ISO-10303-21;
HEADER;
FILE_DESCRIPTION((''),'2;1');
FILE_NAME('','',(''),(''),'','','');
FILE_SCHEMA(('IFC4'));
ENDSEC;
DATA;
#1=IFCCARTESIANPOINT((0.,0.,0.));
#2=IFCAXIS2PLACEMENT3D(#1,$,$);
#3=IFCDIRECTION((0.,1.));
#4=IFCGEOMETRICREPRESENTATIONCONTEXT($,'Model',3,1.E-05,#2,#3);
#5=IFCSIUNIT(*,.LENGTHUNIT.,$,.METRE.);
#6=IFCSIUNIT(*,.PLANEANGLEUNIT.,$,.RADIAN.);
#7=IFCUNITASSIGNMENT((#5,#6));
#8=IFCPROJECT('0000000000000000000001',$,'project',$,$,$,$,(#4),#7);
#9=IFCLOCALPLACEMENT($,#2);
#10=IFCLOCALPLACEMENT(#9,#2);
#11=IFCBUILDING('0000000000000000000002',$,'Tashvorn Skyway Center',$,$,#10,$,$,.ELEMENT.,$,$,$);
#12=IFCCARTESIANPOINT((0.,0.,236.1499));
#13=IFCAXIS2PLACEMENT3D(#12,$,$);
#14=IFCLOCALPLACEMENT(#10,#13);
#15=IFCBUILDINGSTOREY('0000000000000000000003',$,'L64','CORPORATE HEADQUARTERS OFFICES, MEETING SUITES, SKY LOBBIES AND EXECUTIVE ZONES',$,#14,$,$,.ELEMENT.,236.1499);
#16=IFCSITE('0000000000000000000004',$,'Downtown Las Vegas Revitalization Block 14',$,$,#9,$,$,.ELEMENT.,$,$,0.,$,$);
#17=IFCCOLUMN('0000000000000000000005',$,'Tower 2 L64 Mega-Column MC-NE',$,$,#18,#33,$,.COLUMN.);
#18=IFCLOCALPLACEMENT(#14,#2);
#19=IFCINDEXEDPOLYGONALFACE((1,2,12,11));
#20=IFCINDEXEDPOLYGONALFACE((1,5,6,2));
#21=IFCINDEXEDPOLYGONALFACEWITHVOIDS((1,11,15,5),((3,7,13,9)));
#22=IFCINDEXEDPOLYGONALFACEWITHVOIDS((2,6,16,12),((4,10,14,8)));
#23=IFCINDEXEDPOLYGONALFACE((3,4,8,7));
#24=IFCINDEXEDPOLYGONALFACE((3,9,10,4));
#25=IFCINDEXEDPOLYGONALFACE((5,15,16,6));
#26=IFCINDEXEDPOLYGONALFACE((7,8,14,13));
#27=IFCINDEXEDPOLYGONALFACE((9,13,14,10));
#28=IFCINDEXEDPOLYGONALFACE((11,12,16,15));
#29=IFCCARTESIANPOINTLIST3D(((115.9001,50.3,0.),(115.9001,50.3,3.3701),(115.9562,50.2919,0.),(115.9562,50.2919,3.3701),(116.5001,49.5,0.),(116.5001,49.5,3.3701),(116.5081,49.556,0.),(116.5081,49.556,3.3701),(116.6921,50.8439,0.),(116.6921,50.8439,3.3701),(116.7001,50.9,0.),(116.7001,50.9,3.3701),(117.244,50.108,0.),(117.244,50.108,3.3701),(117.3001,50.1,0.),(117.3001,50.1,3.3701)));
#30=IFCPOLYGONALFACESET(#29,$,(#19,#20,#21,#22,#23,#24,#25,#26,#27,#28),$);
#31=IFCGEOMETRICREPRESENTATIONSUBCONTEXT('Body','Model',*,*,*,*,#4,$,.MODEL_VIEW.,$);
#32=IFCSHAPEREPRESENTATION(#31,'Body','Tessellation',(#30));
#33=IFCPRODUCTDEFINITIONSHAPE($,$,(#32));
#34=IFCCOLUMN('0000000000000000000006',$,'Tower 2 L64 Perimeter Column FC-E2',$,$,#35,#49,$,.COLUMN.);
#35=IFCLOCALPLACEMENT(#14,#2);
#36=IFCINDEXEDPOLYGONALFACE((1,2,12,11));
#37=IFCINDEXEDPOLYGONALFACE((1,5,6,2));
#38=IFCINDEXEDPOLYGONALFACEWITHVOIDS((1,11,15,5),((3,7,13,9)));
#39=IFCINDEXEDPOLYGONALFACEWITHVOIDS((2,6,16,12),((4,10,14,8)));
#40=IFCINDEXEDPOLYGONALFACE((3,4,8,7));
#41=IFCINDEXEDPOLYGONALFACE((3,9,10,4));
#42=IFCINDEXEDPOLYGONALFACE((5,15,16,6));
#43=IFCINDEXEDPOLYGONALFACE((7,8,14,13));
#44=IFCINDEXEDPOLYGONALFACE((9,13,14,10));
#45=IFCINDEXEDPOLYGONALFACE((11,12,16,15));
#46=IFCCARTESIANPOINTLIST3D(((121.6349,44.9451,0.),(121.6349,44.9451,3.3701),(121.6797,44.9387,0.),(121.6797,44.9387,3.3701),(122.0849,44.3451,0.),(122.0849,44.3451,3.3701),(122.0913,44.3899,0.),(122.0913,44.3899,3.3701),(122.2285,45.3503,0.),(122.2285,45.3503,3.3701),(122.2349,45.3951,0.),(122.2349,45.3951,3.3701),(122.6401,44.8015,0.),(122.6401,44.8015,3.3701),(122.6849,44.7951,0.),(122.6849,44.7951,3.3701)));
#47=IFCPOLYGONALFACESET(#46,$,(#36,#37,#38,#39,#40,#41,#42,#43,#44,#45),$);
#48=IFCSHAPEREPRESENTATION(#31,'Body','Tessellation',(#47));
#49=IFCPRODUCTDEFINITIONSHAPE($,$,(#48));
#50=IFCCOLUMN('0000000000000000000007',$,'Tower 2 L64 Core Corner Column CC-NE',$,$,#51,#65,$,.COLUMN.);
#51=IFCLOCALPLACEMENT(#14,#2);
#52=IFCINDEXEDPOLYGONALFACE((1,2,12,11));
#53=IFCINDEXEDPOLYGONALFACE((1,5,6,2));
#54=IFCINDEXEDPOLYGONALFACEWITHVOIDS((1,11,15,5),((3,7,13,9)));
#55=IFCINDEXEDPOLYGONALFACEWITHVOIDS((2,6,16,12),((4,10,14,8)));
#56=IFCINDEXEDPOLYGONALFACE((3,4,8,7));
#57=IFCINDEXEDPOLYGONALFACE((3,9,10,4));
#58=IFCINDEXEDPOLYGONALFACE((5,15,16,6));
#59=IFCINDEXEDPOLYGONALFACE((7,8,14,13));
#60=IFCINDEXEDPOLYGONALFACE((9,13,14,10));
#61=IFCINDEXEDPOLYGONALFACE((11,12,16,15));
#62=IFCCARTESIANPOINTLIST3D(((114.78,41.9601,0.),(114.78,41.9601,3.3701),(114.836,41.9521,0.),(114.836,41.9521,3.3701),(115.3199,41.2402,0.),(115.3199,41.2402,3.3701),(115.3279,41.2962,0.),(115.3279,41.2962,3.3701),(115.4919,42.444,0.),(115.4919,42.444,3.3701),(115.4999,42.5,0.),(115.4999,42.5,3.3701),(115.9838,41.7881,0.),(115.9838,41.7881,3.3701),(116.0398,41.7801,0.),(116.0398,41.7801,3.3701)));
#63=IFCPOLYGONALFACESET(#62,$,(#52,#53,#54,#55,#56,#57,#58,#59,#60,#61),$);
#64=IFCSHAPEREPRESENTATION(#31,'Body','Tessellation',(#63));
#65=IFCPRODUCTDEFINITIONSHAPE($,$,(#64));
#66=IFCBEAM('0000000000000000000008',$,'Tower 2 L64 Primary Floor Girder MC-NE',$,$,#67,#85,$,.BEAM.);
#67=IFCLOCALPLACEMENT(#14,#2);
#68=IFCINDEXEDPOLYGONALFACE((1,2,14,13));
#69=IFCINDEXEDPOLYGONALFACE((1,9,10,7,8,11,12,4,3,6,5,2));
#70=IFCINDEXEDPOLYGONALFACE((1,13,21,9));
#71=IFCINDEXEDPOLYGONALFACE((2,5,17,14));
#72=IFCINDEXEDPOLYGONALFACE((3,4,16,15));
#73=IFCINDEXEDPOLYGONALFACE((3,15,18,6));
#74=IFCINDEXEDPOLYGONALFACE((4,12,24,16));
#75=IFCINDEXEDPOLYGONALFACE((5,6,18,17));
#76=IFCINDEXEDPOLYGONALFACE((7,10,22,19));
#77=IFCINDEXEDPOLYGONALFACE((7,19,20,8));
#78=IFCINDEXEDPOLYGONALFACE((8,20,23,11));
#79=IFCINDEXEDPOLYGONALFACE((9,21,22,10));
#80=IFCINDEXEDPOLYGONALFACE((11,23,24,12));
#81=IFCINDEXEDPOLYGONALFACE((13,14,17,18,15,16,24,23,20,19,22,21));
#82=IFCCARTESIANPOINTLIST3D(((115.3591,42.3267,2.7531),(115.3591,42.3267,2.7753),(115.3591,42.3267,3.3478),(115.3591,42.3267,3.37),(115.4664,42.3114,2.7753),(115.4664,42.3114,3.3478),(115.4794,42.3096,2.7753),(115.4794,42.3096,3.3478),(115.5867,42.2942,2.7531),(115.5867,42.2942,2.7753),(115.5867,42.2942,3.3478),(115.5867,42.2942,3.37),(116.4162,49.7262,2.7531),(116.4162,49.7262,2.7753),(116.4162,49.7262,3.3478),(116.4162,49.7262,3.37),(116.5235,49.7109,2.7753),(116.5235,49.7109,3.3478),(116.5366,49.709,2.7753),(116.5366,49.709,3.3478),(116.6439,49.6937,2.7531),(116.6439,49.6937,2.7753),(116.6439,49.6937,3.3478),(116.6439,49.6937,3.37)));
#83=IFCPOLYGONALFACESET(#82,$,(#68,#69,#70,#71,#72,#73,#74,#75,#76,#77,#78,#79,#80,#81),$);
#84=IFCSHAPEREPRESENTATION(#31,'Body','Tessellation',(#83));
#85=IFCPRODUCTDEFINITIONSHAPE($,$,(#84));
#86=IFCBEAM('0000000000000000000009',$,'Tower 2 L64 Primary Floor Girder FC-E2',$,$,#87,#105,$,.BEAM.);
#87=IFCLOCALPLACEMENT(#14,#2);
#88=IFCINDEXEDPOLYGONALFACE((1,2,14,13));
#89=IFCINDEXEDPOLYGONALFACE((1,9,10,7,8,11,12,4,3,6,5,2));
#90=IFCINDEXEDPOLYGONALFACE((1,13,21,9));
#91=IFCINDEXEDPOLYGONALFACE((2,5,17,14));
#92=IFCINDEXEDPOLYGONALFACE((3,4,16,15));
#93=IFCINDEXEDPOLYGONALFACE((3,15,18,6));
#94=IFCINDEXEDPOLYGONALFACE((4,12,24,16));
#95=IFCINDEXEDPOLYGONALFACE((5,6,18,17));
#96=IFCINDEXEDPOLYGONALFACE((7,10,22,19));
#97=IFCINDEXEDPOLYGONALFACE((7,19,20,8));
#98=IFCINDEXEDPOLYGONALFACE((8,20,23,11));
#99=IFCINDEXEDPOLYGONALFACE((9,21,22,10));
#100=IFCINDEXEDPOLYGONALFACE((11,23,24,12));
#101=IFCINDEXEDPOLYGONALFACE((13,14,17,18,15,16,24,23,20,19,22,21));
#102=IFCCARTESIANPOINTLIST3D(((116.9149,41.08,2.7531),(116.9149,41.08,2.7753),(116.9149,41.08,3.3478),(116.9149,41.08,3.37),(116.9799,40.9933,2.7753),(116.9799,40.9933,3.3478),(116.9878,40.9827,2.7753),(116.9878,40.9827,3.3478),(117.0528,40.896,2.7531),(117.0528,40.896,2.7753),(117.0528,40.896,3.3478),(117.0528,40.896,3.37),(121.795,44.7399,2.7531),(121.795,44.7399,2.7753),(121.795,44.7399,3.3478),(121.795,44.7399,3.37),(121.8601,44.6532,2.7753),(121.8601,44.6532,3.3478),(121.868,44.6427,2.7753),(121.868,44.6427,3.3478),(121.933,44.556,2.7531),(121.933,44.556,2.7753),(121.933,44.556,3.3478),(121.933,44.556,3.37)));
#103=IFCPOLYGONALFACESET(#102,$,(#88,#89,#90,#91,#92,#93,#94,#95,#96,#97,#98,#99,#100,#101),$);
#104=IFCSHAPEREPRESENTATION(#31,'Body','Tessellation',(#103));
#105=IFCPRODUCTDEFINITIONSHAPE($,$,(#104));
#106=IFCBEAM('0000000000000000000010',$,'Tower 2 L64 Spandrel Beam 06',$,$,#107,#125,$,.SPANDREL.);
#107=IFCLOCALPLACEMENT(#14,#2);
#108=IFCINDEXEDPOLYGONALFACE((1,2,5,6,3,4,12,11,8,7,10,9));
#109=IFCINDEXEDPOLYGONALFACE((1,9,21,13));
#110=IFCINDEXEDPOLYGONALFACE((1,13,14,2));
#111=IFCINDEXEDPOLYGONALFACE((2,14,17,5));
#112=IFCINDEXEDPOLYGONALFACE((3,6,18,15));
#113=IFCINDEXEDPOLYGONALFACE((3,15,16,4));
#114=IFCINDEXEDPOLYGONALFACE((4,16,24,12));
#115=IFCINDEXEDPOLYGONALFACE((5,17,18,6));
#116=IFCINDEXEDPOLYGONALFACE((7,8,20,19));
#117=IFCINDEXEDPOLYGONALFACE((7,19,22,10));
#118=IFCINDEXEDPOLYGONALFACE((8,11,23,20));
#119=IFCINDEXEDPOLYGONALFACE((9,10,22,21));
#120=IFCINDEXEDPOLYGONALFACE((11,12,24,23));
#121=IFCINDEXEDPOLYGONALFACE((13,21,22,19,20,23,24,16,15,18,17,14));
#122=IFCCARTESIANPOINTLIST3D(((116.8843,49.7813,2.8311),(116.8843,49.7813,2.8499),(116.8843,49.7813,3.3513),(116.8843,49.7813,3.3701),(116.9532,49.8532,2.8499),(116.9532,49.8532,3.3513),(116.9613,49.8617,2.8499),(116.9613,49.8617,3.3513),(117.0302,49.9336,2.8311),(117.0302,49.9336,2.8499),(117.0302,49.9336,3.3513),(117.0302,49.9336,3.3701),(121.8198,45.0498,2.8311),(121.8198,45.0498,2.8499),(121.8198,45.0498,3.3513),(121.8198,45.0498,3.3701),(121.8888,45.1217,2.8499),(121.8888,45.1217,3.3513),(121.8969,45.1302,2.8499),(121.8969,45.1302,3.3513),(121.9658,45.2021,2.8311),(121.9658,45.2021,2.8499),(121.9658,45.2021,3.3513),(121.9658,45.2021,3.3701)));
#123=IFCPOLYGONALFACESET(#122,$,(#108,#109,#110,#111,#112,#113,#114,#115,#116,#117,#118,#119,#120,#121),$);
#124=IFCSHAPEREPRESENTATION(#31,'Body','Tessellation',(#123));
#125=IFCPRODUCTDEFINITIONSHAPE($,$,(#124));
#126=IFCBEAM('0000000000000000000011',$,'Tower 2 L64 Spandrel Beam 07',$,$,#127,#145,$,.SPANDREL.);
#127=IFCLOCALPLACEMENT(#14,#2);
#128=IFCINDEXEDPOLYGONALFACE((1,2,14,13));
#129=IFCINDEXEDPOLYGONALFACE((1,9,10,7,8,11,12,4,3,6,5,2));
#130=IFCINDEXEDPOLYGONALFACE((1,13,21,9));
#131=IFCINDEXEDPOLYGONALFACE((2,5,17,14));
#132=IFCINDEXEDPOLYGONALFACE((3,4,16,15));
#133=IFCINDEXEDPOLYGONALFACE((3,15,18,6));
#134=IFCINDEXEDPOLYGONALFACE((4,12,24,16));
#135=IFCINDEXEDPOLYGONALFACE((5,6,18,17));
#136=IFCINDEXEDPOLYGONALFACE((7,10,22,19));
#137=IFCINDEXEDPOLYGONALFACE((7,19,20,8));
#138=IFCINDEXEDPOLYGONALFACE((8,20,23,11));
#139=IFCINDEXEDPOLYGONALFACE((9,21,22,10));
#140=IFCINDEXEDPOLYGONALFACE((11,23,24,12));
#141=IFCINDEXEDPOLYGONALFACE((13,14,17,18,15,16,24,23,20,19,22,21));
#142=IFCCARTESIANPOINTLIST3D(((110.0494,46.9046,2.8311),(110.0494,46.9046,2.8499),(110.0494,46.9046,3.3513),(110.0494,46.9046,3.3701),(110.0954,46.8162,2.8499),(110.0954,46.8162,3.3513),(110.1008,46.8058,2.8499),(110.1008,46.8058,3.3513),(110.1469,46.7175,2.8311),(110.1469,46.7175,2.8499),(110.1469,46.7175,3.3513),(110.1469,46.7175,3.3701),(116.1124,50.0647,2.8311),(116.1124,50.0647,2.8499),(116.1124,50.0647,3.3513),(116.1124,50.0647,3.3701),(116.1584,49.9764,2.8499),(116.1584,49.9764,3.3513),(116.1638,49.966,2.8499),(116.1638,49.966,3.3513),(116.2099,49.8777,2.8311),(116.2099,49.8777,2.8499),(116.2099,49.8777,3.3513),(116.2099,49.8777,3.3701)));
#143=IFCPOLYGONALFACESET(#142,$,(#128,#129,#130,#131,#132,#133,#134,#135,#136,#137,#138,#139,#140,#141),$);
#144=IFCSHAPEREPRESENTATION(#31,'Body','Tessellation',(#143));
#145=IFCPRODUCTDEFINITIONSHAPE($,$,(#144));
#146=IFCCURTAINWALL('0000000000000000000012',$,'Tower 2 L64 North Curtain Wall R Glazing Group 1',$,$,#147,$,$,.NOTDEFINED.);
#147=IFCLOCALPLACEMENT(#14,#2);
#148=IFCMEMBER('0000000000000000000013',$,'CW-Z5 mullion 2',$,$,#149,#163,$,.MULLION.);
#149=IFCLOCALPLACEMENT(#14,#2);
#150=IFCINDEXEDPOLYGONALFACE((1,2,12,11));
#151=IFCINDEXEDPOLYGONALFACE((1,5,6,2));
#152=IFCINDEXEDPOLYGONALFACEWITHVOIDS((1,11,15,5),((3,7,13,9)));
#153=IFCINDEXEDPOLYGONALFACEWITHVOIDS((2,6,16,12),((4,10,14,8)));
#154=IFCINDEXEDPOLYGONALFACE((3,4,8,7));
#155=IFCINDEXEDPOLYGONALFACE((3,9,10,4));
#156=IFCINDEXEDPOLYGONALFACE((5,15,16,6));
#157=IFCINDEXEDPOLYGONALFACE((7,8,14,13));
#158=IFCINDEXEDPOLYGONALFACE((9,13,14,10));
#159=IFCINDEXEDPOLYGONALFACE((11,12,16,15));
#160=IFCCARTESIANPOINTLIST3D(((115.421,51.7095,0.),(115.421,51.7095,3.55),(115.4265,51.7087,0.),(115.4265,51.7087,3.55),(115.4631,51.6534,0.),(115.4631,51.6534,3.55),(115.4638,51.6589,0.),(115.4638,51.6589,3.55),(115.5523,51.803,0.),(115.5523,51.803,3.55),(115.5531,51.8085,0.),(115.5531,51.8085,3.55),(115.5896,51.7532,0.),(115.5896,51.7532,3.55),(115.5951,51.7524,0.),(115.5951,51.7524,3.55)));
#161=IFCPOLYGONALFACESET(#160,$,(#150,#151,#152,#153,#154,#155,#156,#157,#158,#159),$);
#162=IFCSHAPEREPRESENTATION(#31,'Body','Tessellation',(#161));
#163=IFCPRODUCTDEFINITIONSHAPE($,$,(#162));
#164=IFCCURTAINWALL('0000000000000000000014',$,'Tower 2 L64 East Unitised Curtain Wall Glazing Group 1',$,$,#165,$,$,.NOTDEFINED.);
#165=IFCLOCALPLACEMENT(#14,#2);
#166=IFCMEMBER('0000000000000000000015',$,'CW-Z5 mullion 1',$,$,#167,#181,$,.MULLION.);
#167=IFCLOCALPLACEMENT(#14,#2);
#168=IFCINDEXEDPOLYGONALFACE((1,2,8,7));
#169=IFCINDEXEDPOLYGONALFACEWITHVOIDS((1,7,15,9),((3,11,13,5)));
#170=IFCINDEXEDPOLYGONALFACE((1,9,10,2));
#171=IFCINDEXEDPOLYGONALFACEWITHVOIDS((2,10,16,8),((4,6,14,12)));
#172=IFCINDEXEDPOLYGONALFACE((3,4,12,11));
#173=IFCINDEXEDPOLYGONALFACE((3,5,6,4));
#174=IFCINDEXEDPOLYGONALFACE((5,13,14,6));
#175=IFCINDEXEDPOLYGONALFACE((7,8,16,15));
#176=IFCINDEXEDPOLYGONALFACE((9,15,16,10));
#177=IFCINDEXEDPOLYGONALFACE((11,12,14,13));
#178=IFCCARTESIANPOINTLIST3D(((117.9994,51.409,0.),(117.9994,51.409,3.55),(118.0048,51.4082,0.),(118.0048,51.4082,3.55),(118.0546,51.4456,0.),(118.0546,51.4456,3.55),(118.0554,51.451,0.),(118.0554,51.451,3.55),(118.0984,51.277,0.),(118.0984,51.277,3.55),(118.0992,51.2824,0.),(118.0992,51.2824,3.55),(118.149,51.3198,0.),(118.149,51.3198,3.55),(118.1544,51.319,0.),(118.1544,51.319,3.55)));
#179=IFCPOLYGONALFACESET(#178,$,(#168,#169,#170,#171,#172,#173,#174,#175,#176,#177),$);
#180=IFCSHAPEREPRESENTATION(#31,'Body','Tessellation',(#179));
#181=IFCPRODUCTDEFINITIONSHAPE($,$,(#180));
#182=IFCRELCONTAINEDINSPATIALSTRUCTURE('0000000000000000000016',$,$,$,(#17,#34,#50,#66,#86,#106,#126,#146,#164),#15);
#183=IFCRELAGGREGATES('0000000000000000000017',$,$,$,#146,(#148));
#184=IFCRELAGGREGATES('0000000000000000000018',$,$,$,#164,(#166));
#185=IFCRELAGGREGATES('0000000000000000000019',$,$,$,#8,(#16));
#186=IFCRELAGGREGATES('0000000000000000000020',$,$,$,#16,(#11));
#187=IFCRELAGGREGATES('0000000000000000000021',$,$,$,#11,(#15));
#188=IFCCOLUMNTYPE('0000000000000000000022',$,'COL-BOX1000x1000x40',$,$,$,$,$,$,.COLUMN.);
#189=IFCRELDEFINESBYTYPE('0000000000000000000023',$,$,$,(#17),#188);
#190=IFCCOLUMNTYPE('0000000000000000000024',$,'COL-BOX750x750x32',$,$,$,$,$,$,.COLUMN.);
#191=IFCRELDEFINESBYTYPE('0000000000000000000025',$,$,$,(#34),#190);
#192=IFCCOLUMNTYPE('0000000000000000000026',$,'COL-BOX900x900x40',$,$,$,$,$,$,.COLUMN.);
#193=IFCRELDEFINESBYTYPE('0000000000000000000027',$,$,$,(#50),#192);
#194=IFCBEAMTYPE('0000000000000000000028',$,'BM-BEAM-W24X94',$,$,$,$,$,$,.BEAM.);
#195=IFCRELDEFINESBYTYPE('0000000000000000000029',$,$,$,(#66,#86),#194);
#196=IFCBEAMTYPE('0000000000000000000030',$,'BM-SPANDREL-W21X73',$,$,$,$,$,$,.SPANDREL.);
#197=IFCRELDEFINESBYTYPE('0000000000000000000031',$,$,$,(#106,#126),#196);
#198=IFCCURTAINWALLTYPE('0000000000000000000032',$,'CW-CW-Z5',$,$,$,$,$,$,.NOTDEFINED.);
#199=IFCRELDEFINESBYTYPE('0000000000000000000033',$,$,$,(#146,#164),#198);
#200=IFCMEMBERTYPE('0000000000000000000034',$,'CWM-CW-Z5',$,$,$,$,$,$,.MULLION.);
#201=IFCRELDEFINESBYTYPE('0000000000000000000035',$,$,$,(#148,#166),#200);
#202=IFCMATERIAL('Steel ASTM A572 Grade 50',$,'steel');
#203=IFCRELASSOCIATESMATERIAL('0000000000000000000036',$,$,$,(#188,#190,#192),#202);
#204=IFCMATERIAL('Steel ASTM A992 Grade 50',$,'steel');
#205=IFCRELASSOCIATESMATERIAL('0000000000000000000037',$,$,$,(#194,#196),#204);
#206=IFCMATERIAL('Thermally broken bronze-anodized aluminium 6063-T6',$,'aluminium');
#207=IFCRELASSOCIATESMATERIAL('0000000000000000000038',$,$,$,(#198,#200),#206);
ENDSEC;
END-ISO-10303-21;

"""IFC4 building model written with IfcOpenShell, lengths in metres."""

from ifc_helpers import new_model, si_unit, direction, frame, origin, origin_2d, place, context, subcontext, project, spatial, hollow_rectangle, i_section, extrude, material, material_profile, profile_set, type_object, element, aggregate, save


model = new_model("IFC4")

# Units and contexts
model_context = context("Model", 3, precision=1e-05, world=origin(), true_north=direction((0.0, 1.0)))
body_context = subcontext(model_context, "Body", "Model", "MODEL_VIEW")
ifc_project = project(units=[si_unit("LENGTHUNIT", "METRE"), si_unit("PLANEANGLEUNIT", "RADIAN")], contexts=[model_context])

# Site, building, storey
site_placement = place(None, origin())
site = spatial("IfcSite", under=ifc_project, at=site_placement, Name="Downtown Las Vegas Revitalization Block 14", CompositionType="ELEMENT", RefElevation=0.0)
building_placement = place(site_placement, origin())
building = spatial("IfcBuilding", under=site, at=building_placement, Name="Tashvorn Skyway Center", CompositionType="ELEMENT")
storey_placement = place(building_placement, frame((0.0, 0.0, 236.1499)))
storey = spatial("IfcBuildingStorey", under=building, at=storey_placement, Name="L64", Description="CORPORATE HEADQUARTERS OFFICES, MEETING SUITES, SKY LOBBIES AND EXECUTIVE ZONES", CompositionType="ELEMENT", Elevation=236.1499)

# Columns
ifc_material_1 = material(Name="Steel ASTM A572 Grade 50", Category="steel")
ifc_material_profile_1 = material_profile(ifc_material_1, hollow_rectangle(XDim=1.0, YDim=1.0, WallThickness=0.04, at=origin_2d()), Name="BOX1000x1000x40")
ifc_profile_set_1 = profile_set([ifc_material_profile_1], Name="Steel ASTM A572 Grade 50")
column_type_1 = type_object("IfcColumnType", Name="COL-BOX1000x1000x40", PredefinedType="COLUMN", material=ifc_profile_set_1)
column_1_placement = place(storey_placement, frame((116.6001, 50.2, 0.0), z_axis=(0.0, 0.0, 1.0), x_axis=(0.8, 0.6, 0.0)))
element("IfcColumn", 1, at=column_1_placement, inside=storey, type_object=column_type_1, Name="Tower 2 L64 Mega-Column MC-NE", PredefinedType="COLUMN", context=body_context, shape_type="SweptSolid", body=[
    extrude(hollow_rectangle(XDim=1.0, YDim=1.0, WallThickness=0.04, at=origin_2d()), origin(), (0.0, 0.0, 1.0), 3.3701),
])
ifc_material_profile_2 = material_profile(ifc_material_1, hollow_rectangle(XDim=0.75, YDim=0.75, WallThickness=0.032, at=origin_2d()), Name="BOX750x750x32")
ifc_profile_set_2 = profile_set([ifc_material_profile_2], Name="Steel ASTM A572 Grade 50")
column_type_2 = type_object("IfcColumnType", Name="COL-BOX750x750x32", PredefinedType="COLUMN", material=ifc_profile_set_2)
column_2_placement = place(storey_placement, frame((122.1599, 44.8701, 0.0), z_axis=(0.0, 0.0, 1.0), x_axis=(0.8, 0.6, 0.0)))
element("IfcColumn", 2, at=column_2_placement, inside=storey, type_object=column_type_2, Name="Tower 2 L64 Perimeter Column FC-E2", PredefinedType="COLUMN", context=body_context, shape_type="SweptSolid", body=[
    extrude(hollow_rectangle(XDim=0.75, YDim=0.75, WallThickness=0.032, at=origin_2d()), origin(), (0.0, 0.0, 1.0), 3.3701),
])
ifc_material_profile_3 = material_profile(ifc_material_1, hollow_rectangle(XDim=0.8999, YDim=0.8999, WallThickness=0.04, at=origin_2d()), Name="BOX900x900x40")
ifc_profile_set_3 = profile_set([ifc_material_profile_3], Name="Steel ASTM A572 Grade 50")
column_type_3 = type_object("IfcColumnType", Name="COL-BOX900x900x40", PredefinedType="COLUMN", material=ifc_profile_set_3)
column_3_placement = place(storey_placement, frame((115.4099, 41.8701, 0.0), z_axis=(0.0, 0.0, 1.0), x_axis=(0.8, 0.6, 0.0)))
element("IfcColumn", 3, at=column_3_placement, inside=storey, type_object=column_type_3, Name="Tower 2 L64 Core Corner Column CC-NE", PredefinedType="COLUMN", context=body_context, shape_type="SweptSolid", body=[
    extrude(hollow_rectangle(XDim=0.8999, YDim=0.8999, WallThickness=0.04, at=origin_2d()), origin(), (0.0, 0.0, 1.0), 3.3701),
])

# Beams
ifc_material_2 = material(Name="Steel ASTM A992 Grade 50", Category="steel")
ifc_material_profile_4 = material_profile(ifc_material_2, i_section(OverallWidth=0.23, OverallDepth=0.6169, WebThickness=0.0132, FlangeThickness=0.0222, at=origin_2d()), Name="W24X94")
ifc_profile_set_4 = profile_set([ifc_material_profile_4], Name="Steel ASTM A992 Grade 50")
beam_type_1 = type_object("IfcBeamType", Name="BM-BEAM-W24X94", PredefinedType="BEAM", material=ifc_profile_set_4)
beam_1_placement = place(storey_placement, frame((116.53, 49.71, 3.0615), z_axis=(-0.141431, -0.989948, 0.0), x_axis=(0.989948, -0.141431, 0.0)))
element("IfcBeam", 4, at=beam_1_placement, inside=storey, type_object=beam_type_1, Name="Tower 2 L64 Primary Floor Girder MC-NE", PredefinedType="BEAM", context=body_context, shape_type="SweptSolid", body=[
    extrude(i_section(OverallWidth=0.23, OverallDepth=0.6169, WebThickness=0.0132, FlangeThickness=0.0222, at=origin_2d()), origin(), (0.0, 0.0, 1.0), 7.4746),
])
beam_2_placement = place(storey_placement, frame((121.864, 44.6479, 3.0615), z_axis=(-0.800014, -0.599981, 0.0), x_axis=(0.599981, -0.800014, 0.0)))
element("IfcBeam", 5, at=beam_2_placement, inside=storey, type_object=beam_type_1, Name="Tower 2 L64 Primary Floor Girder FC-E2", PredefinedType="BEAM", context=body_context, shape_type="SweptSolid", body=[
    extrude(i_section(OverallWidth=0.23, OverallDepth=0.6169, WebThickness=0.0132, FlangeThickness=0.0222, at=origin_2d()), origin(), (0.0, 0.0, 1.0), 6.1001),
])
ifc_material_profile_5 = material_profile(ifc_material_2, i_section(OverallWidth=0.2109, OverallDepth=0.5391, WebThickness=0.0117, FlangeThickness=0.0188, at=origin_2d()), Name="W21X73")
ifc_profile_set_5 = profile_set([ifc_material_profile_5], Name="Steel ASTM A992 Grade 50")
beam_type_2 = type_object("IfcBeamType", Name="BM-SPANDREL-W21X73", PredefinedType="SPANDREL", material=ifc_profile_set_5)
for number, where, z_axis, x_axis, name in (
    (6, (121.8928, 45.126, 3.1006), (-0.721875, 0.692023, 0.0), (-0.692023, -0.721875, 0.0), "Tower 2 L64 Spandrel Beam 06"),
    (7, (116.1611, 49.9712, 3.1006), (-0.886773, -0.462205, 0.0), (0.462205, -0.886773, 0.0), "Tower 2 L64 Spandrel Beam 07"),
):
    element("IfcBeam", number, at=place(storey_placement, frame(where, z_axis=z_axis, x_axis=x_axis)), inside=storey, type_object=beam_type_2, Name=name, PredefinedType="SPANDREL", context=body_context, shape_type="SweptSolid", body=[
        extrude(i_section(OverallWidth=0.2109, OverallDepth=0.5391, WebThickness=0.0117, FlangeThickness=0.0188, at=origin_2d()), origin(), (0.0, 0.0, 1.0), 6.8372),
    ])

# Curtain wall, member
ifc_material_3 = material(Name="Thermally broken bronze-anodized aluminium 6063-T6", Category="aluminium")
curtain_wall_type = type_object("IfcCurtainWallType", Name="CW-CW-Z5", PredefinedType="NOTDEFINED", material=ifc_material_3)
curtain_wall_1_placement = place(storey_placement, origin())
curtain_wall_1 = element("IfcCurtainWall", 8, at=curtain_wall_1_placement, inside=storey, type_object=curtain_wall_type, Name="Tower 2 L64 North Curtain Wall R Glazing Group 1", PredefinedType="NOTDEFINED")
ifc_material_profile_6 = material_profile(ifc_material_3, hollow_rectangle(XDim=0.0701, YDim=0.165, WallThickness=0.0039, at=origin_2d()), Name="ALU-MULL-70x165")
ifc_profile_set_6 = profile_set([ifc_material_profile_6], Name="Thermally broken bronze-anodized aluminium 6063-T6")
member_type_1 = type_object("IfcMemberType", Name="CWM-CW-Z5", PredefinedType="MULLION", material=ifc_profile_set_6)
member_1_placement = place(storey_placement, frame((115.5081, 51.731, 0.0), z_axis=(0.0, 0.0, 1.0), x_axis=(-0.599995, 0.800004, 0.0)))
member_1 = element("IfcMember", 9, at=member_1_placement, type_object=member_type_1, Name="CW-Z5 mullion 2", PredefinedType="MULLION", context=body_context, shape_type="SweptSolid", body=[
    extrude(hollow_rectangle(XDim=0.0701, YDim=0.165, WallThickness=0.0039, at=origin_2d()), origin(), (0.0, 0.0, 1.0), 3.55),
])

# Curtain wall, member
curtain_wall_2_placement = place(storey_placement, origin())
curtain_wall_2 = element("IfcCurtainWall", 10, at=curtain_wall_2_placement, inside=storey, type_object=curtain_wall_type, Name="Tower 2 L64 East Unitised Curtain Wall Glazing Group 1", PredefinedType="NOTDEFINED")
member_2_placement = place(storey_placement, frame((118.0769, 51.364, 0.0), z_axis=(0.0, 0.0, 1.0), x_axis=(0.799996, 0.600006, 0.0)))
member_2 = element("IfcMember", 11, at=member_2_placement, type_object=member_type_1, Name="CW-Z5 mullion 1", PredefinedType="MULLION", context=body_context, shape_type="SweptSolid", body=[
    extrude(hollow_rectangle(XDim=0.0701, YDim=0.165, WallThickness=0.0039, at=origin_2d()), origin(), (0.0, 0.0, 1.0), 3.55),
])

aggregate(curtain_wall_1, [member_1])
aggregate(curtain_wall_2, [member_2])

save(model, "model.ifc")
